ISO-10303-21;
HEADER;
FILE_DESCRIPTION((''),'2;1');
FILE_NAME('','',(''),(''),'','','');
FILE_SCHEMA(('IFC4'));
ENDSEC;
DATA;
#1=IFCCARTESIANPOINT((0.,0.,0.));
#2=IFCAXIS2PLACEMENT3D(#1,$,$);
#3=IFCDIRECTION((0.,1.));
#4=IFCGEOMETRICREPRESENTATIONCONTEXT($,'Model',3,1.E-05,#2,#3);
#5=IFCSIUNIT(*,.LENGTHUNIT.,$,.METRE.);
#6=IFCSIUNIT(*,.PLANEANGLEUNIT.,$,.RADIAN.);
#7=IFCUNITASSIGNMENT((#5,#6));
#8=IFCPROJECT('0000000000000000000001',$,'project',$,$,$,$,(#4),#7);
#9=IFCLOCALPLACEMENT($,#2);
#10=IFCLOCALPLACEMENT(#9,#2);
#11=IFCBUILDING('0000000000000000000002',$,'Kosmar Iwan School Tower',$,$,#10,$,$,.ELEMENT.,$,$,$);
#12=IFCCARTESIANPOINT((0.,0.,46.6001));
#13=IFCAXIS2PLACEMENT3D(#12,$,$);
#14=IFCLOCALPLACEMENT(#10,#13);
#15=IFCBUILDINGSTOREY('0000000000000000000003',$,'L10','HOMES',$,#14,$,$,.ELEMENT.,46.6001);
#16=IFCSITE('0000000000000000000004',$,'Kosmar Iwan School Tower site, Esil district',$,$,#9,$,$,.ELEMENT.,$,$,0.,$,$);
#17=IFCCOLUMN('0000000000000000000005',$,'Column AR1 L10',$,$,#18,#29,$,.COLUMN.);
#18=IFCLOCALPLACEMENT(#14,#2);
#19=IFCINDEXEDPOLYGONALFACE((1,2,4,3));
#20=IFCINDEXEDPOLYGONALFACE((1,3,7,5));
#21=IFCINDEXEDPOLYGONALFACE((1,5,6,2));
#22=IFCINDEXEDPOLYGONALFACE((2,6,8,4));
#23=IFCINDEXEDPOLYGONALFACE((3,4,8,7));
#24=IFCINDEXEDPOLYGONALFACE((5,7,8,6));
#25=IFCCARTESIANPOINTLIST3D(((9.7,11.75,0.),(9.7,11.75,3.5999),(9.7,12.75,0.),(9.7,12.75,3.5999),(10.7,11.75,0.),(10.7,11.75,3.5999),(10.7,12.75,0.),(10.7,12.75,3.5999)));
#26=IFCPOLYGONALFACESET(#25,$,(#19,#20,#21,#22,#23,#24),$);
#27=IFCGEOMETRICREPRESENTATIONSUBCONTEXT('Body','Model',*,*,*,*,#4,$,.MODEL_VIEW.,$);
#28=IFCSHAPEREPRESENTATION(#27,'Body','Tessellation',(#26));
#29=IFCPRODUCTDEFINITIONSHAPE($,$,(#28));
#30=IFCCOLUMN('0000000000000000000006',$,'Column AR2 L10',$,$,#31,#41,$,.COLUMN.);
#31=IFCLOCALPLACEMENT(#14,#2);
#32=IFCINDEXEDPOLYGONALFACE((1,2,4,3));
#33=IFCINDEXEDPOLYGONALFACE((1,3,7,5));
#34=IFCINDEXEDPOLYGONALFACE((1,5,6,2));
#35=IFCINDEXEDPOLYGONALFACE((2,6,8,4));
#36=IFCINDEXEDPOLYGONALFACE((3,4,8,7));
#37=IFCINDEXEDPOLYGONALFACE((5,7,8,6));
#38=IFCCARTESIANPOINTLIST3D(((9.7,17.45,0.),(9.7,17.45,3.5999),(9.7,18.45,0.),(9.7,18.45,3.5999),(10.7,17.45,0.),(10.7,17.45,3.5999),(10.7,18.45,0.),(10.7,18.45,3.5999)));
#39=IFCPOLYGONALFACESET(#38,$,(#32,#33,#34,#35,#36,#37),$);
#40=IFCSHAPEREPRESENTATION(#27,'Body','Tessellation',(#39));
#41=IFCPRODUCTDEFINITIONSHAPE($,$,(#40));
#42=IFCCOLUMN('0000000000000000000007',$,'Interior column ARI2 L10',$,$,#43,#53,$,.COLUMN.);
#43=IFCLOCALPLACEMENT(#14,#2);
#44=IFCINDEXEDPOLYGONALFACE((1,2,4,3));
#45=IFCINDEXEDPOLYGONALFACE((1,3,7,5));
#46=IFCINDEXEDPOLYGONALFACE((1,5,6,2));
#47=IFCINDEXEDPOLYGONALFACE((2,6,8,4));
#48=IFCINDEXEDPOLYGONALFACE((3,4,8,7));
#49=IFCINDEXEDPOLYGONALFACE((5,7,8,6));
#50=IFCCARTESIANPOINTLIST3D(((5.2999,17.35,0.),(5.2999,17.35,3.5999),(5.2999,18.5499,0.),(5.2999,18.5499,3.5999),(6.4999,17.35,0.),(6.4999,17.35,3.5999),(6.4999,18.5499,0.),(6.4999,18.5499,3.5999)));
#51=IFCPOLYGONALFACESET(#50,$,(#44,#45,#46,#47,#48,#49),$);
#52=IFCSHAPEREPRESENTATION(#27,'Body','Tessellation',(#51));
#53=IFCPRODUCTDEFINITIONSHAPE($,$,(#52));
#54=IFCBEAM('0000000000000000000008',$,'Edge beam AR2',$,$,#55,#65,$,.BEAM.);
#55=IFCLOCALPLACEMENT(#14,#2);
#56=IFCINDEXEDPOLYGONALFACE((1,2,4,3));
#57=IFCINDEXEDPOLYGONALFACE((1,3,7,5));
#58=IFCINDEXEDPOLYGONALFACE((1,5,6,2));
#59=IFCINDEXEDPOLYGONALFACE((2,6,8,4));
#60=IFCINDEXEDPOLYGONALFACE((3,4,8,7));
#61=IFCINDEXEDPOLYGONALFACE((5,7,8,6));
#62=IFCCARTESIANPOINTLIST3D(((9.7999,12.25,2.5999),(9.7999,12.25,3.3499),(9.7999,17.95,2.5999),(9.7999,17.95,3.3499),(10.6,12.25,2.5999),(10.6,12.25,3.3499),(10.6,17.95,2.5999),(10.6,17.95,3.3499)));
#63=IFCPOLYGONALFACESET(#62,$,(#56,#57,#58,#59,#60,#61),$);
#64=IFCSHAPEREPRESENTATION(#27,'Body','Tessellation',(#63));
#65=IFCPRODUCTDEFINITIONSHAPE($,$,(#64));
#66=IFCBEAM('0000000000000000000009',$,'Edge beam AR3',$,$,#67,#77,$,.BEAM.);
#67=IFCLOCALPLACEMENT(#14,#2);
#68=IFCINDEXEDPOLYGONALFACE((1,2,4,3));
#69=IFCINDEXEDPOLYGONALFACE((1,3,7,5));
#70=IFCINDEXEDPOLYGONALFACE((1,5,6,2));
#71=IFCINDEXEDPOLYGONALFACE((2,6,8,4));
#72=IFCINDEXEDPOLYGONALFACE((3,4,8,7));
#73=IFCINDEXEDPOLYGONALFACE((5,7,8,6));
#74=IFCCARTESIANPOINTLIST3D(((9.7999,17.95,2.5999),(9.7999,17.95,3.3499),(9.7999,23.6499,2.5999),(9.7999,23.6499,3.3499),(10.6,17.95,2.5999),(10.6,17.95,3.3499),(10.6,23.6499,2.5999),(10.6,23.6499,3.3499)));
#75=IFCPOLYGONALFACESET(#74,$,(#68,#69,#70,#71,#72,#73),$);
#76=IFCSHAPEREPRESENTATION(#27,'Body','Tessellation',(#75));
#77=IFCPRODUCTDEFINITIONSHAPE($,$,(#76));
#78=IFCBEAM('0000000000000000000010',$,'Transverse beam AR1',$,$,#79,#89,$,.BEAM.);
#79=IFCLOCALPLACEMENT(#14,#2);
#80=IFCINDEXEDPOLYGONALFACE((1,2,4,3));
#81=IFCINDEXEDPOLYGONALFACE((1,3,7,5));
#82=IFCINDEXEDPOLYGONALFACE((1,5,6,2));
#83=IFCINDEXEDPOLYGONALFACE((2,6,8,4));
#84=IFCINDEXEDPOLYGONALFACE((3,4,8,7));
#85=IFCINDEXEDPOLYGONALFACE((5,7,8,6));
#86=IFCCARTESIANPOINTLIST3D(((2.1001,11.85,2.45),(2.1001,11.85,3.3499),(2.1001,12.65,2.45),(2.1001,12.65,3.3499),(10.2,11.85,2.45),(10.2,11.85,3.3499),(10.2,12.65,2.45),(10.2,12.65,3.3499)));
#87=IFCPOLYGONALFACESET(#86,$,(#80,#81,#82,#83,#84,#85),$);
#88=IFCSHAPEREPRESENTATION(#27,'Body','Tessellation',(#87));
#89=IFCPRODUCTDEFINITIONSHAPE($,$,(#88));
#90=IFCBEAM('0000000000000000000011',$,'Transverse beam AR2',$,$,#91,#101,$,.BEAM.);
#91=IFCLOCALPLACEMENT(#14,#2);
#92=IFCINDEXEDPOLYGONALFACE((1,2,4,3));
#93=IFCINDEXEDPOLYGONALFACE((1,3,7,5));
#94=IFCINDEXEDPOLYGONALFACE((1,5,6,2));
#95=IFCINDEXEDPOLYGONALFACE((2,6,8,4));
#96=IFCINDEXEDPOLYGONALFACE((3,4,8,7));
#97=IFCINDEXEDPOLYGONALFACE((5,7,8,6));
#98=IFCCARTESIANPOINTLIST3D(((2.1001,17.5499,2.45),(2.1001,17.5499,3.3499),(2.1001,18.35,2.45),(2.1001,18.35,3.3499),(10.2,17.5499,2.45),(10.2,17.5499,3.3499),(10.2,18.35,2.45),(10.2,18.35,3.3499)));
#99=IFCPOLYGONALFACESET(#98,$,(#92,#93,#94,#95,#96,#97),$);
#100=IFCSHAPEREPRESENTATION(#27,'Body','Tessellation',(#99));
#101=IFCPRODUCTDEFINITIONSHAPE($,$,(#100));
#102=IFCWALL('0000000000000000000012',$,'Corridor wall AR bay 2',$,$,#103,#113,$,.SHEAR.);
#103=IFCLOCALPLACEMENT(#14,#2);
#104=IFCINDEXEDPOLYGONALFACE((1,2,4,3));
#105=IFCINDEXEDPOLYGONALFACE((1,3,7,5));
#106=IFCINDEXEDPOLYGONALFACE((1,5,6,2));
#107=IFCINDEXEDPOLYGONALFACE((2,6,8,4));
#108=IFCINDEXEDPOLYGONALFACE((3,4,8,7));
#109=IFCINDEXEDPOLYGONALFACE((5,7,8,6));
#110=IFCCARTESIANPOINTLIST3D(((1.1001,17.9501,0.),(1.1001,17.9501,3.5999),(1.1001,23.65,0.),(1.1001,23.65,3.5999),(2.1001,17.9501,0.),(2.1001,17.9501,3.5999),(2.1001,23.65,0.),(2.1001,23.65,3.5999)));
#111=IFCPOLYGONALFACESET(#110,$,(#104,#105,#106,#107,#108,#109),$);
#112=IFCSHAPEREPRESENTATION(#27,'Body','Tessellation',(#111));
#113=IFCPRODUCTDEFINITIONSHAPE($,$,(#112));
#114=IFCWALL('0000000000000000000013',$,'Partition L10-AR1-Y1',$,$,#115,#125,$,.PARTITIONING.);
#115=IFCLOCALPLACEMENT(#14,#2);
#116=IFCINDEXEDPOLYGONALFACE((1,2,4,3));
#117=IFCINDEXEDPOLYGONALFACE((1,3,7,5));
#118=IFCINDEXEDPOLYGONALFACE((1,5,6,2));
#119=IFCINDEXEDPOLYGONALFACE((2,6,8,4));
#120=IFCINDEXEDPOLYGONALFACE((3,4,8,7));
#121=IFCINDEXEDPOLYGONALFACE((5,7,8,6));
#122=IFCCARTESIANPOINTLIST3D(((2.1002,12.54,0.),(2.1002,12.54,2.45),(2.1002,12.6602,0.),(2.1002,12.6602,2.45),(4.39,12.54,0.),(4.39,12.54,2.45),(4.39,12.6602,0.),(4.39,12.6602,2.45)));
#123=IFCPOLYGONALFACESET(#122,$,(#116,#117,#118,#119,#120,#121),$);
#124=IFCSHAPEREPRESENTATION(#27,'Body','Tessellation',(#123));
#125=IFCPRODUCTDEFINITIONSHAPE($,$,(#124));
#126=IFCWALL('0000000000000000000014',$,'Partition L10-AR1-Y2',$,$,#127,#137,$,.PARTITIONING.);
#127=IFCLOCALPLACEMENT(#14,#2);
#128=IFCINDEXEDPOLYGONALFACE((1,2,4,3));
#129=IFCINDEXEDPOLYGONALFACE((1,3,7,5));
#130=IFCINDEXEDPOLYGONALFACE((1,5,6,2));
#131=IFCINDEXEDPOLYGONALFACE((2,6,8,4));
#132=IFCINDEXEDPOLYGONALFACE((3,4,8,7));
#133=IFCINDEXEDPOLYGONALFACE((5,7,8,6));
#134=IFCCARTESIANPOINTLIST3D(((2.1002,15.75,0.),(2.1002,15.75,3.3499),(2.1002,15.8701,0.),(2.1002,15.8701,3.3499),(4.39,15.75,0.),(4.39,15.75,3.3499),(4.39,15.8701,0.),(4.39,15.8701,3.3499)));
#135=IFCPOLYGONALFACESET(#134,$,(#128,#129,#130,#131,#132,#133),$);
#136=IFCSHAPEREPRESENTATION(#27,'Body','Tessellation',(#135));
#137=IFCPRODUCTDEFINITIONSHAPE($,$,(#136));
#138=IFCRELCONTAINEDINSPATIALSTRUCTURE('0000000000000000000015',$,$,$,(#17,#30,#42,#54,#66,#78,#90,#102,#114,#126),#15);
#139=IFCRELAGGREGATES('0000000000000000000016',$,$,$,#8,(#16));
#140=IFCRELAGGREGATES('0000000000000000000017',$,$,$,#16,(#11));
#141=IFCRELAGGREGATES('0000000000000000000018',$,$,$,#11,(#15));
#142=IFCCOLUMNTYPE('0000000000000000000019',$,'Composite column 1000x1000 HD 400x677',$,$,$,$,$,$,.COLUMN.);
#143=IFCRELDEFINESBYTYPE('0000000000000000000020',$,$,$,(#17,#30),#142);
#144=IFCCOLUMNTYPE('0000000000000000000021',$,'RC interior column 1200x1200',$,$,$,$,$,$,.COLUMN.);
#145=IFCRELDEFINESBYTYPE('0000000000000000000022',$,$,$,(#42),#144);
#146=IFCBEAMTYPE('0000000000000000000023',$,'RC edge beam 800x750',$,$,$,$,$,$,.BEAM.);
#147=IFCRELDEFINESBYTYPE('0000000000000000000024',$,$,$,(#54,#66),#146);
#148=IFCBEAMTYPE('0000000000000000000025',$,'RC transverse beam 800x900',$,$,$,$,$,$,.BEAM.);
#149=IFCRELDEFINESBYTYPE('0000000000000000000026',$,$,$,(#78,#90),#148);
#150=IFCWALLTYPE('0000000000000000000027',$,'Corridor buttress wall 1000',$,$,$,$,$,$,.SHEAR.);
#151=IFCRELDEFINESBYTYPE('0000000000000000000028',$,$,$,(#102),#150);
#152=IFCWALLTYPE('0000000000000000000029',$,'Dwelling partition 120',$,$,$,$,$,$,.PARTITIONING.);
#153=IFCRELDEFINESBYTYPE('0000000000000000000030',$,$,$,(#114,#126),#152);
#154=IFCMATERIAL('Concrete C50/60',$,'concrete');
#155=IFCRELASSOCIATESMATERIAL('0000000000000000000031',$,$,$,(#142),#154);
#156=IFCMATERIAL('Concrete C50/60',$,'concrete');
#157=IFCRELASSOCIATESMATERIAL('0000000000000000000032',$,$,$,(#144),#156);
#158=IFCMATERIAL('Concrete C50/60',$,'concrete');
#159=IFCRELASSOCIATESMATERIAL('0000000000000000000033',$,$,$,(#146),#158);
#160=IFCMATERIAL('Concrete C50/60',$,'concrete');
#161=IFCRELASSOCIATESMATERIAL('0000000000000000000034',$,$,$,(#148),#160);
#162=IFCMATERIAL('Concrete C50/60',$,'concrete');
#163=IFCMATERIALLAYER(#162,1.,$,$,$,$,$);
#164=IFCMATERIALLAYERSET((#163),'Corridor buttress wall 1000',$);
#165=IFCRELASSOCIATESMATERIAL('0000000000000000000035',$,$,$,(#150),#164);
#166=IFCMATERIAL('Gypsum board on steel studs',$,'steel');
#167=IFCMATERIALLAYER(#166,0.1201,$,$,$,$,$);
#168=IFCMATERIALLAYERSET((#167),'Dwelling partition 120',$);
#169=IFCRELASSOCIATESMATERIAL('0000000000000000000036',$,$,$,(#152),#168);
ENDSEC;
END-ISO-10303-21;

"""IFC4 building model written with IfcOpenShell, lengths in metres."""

from ifc_helpers import new_model, si_unit, direction, frame, frame_2d, origin, origin_2d, place, context, subcontext, project, spatial, rectangle, extrude, material, layer, layer_set, material_profile, profile_set, type_object, element, save


model = new_model("IFC4")

# Units and contexts
model_context = context("Model", 3, precision=1e-05, world=origin(), true_north=direction((0.0, 1.0)))
body_context = subcontext(model_context, "Body", "Model", "MODEL_VIEW")
ifc_project = project(units=[si_unit("LENGTHUNIT", "METRE"), si_unit("PLANEANGLEUNIT", "RADIAN")], contexts=[model_context])

# Site, building, storey
site_placement = place(None, origin())
site = spatial("IfcSite", under=ifc_project, at=site_placement, Name="Kosmar Iwan School Tower site, Esil district", CompositionType="ELEMENT", RefElevation=0.0)
building_placement = place(site_placement, origin())
building = spatial("IfcBuilding", under=site, at=building_placement, Name="Kosmar Iwan School Tower", CompositionType="ELEMENT")
storey_placement = place(building_placement, frame((0.0, 0.0, 46.6001)))
storey = spatial("IfcBuildingStorey", under=building, at=storey_placement, Name="L10", Description="HOMES", CompositionType="ELEMENT", Elevation=46.6001)

# Columns
ifc_material_1 = material(Name="Concrete C50/60", Category="concrete")
ifc_material_profile_1 = material_profile(ifc_material_1, rectangle(XDim=1.0, YDim=1.0, at=origin_2d()), Name="RC 1000x1000 + HD 400x677")
ifc_profile_set_1 = profile_set([ifc_material_profile_1], Name="Concrete C50/60")
column_type_1 = type_object("IfcColumnType", Name="Composite column 1000x1000 HD 400x677", PredefinedType="COLUMN", material=ifc_profile_set_1)
for number, where, z_axis, x_axis, name in (
    (1, (10.2, 12.25, 0.0), (0.0, 0.0, 1.0), (0.0, 1.0, 0.0), "Column AR1 L10"),
    (2, (10.2, 17.95, 0.0), (0.0, 0.0, 1.0), (0.0, 1.0, 0.0), "Column AR2 L10"),
):
    element("IfcColumn", number, at=place(storey_placement, frame(where, z_axis=z_axis, x_axis=x_axis)), inside=storey, type_object=column_type_1, Name=name, PredefinedType="COLUMN", context=body_context, shape_type="SweptSolid", body=[
        extrude(rectangle(XDim=1.0, YDim=1.0, at=origin_2d()), origin(), (0.0, 0.0, 1.0), 3.5999),
    ])
ifc_material_2 = material(Name="Concrete C50/60", Category="concrete")
ifc_material_profile_2 = material_profile(ifc_material_2, rectangle(XDim=1.2, YDim=1.2, at=origin_2d()), Name="RC 1200x1200")
ifc_profile_set_2 = profile_set([ifc_material_profile_2], Name="Concrete C50/60")
column_type_2 = type_object("IfcColumnType", Name="RC interior column 1200x1200", PredefinedType="COLUMN", material=ifc_profile_set_2)
column_placement = place(storey_placement, frame((5.8999, 17.95, 0.0), z_axis=(0.0, 0.0, 1.0), x_axis=(0.0, 1.0, 0.0)))
element("IfcColumn", 3, at=column_placement, inside=storey, type_object=column_type_2, Name="Interior column ARI2 L10", PredefinedType="COLUMN", context=body_context, shape_type="SweptSolid", body=[
    extrude(rectangle(XDim=1.2, YDim=1.2, at=origin_2d()), origin(), (0.0, 0.0, 1.0), 3.5999),
])

# Beams
ifc_material_3 = material(Name="Concrete C50/60", Category="concrete")
ifc_material_profile_3 = material_profile(ifc_material_3, rectangle(XDim=0.8, YDim=0.75, at=origin_2d()), Name="RC 800x750")
ifc_profile_set_3 = profile_set([ifc_material_profile_3], Name="Concrete C50/60")
beam_type_1 = type_object("IfcBeamType", Name="RC edge beam 800x750", PredefinedType="BEAM", material=ifc_profile_set_3)
for number, where, z_axis, x_axis, name in (
    (4, (10.2, 12.25, 2.9749), (0.0, 1.0, 0.0), (-1.0, 0.0, 0.0), "Edge beam AR2"),
    (5, (10.2, 17.95, 2.9749), (0.0, 1.0, 0.0), (-1.0, 0.0, 0.0), "Edge beam AR3"),
):
    element("IfcBeam", number, at=place(storey_placement, frame(where, z_axis=z_axis, x_axis=x_axis)), inside=storey, type_object=beam_type_1, Name=name, PredefinedType="BEAM", context=body_context, shape_type="SweptSolid", body=[
        extrude(rectangle(XDim=0.8, YDim=0.75, at=origin_2d()), origin(), (0.0, 0.0, 1.0), 5.7),
    ])
ifc_material_4 = material(Name="Concrete C50/60", Category="concrete")
ifc_material_profile_4 = material_profile(ifc_material_4, rectangle(XDim=0.8, YDim=0.8999, at=origin_2d()), Name="RC 800x900")
ifc_profile_set_4 = profile_set([ifc_material_profile_4], Name="Concrete C50/60")
beam_type_2 = type_object("IfcBeamType", Name="RC transverse beam 800x900", PredefinedType="BEAM", material=ifc_profile_set_4)
for number, where, z_axis, x_axis, name in (
    (6, (10.2, 12.25, 2.8999), (-1.0, 0.0, 0.0), (0.0, -1.0, 0.0), "Transverse beam AR1"),
    (7, (10.2, 17.95, 2.8999), (-1.0, 0.0, 0.0), (0.0, -1.0, 0.0), "Transverse beam AR2"),
):
    element("IfcBeam", number, at=place(storey_placement, frame(where, z_axis=z_axis, x_axis=x_axis)), inside=storey, type_object=beam_type_2, Name=name, PredefinedType="BEAM", context=body_context, shape_type="SweptSolid", body=[
        extrude(rectangle(XDim=0.8, YDim=0.8999, at=origin_2d()), origin(), (0.0, 0.0, 1.0), 8.0999),
    ])

# Walls
ifc_material_5 = material(Name="Concrete C50/60", Category="concrete")
ifc_layer_1 = layer(ifc_material_5, 1.0)
ifc_layer_set_1 = layer_set([ifc_layer_1], Name="Corridor buttress wall 1000")
wall_type_1 = type_object("IfcWallType", Name="Corridor buttress wall 1000", PredefinedType="SHEAR", material=ifc_layer_set_1)
wall_1_placement = place(storey_placement, frame((1.6001, 17.95, 0.0), z_axis=(0.0, 0.0, 1.0), x_axis=(0.0, 1.0, 0.0)))
element("IfcWall", 8, at=wall_1_placement, inside=storey, type_object=wall_type_1, Name="Corridor wall AR bay 2", PredefinedType="SHEAR", context=body_context, shape_type="SweptSolid", body=[
    extrude(rectangle(XDim=5.7, YDim=1.0, at=frame_2d((2.8501, 0.0))), origin(), (0.0, 0.0, 1.0), 3.5999),
])
ifc_material_6 = material(Name="Gypsum board on steel studs", Category="steel")
ifc_layer_2 = layer(ifc_material_6, 0.1201)
ifc_layer_set_2 = layer_set([ifc_layer_2], Name="Dwelling partition 120")
wall_type_2 = type_object("IfcWallType", Name="Dwelling partition 120", PredefinedType="PARTITIONING", material=ifc_layer_set_2)
wall_2_placement = place(storey_placement, frame((2.1001, 12.6001, 0.0), z_axis=(0.0, 0.0, 1.0), x_axis=(1.0, 0.0, 0.0)))
element("IfcWall", 9, at=wall_2_placement, inside=storey, type_object=wall_type_2, Name="Partition L10-AR1-Y1", PredefinedType="PARTITIONING", context=body_context, shape_type="SweptSolid", body=[
    extrude(rectangle(XDim=2.2898, YDim=0.1201, at=frame_2d((1.145, 0.0))), origin(), (0.0, 0.0, 1.0), 2.45),
])
wall_3_placement = place(storey_placement, frame((2.1001, 15.8101, 0.0), z_axis=(0.0, 0.0, 1.0), x_axis=(1.0, 0.0, 0.0)))
element("IfcWall", 10, at=wall_3_placement, inside=storey, type_object=wall_type_2, Name="Partition L10-AR1-Y2", PredefinedType="PARTITIONING", context=body_context, shape_type="SweptSolid", body=[
    extrude(rectangle(XDim=2.2898, YDim=0.1201, at=frame_2d((1.145, 0.0))), origin(), (0.0, 0.0, 1.0), 3.3499),
])

save(model, "model.ifc")
